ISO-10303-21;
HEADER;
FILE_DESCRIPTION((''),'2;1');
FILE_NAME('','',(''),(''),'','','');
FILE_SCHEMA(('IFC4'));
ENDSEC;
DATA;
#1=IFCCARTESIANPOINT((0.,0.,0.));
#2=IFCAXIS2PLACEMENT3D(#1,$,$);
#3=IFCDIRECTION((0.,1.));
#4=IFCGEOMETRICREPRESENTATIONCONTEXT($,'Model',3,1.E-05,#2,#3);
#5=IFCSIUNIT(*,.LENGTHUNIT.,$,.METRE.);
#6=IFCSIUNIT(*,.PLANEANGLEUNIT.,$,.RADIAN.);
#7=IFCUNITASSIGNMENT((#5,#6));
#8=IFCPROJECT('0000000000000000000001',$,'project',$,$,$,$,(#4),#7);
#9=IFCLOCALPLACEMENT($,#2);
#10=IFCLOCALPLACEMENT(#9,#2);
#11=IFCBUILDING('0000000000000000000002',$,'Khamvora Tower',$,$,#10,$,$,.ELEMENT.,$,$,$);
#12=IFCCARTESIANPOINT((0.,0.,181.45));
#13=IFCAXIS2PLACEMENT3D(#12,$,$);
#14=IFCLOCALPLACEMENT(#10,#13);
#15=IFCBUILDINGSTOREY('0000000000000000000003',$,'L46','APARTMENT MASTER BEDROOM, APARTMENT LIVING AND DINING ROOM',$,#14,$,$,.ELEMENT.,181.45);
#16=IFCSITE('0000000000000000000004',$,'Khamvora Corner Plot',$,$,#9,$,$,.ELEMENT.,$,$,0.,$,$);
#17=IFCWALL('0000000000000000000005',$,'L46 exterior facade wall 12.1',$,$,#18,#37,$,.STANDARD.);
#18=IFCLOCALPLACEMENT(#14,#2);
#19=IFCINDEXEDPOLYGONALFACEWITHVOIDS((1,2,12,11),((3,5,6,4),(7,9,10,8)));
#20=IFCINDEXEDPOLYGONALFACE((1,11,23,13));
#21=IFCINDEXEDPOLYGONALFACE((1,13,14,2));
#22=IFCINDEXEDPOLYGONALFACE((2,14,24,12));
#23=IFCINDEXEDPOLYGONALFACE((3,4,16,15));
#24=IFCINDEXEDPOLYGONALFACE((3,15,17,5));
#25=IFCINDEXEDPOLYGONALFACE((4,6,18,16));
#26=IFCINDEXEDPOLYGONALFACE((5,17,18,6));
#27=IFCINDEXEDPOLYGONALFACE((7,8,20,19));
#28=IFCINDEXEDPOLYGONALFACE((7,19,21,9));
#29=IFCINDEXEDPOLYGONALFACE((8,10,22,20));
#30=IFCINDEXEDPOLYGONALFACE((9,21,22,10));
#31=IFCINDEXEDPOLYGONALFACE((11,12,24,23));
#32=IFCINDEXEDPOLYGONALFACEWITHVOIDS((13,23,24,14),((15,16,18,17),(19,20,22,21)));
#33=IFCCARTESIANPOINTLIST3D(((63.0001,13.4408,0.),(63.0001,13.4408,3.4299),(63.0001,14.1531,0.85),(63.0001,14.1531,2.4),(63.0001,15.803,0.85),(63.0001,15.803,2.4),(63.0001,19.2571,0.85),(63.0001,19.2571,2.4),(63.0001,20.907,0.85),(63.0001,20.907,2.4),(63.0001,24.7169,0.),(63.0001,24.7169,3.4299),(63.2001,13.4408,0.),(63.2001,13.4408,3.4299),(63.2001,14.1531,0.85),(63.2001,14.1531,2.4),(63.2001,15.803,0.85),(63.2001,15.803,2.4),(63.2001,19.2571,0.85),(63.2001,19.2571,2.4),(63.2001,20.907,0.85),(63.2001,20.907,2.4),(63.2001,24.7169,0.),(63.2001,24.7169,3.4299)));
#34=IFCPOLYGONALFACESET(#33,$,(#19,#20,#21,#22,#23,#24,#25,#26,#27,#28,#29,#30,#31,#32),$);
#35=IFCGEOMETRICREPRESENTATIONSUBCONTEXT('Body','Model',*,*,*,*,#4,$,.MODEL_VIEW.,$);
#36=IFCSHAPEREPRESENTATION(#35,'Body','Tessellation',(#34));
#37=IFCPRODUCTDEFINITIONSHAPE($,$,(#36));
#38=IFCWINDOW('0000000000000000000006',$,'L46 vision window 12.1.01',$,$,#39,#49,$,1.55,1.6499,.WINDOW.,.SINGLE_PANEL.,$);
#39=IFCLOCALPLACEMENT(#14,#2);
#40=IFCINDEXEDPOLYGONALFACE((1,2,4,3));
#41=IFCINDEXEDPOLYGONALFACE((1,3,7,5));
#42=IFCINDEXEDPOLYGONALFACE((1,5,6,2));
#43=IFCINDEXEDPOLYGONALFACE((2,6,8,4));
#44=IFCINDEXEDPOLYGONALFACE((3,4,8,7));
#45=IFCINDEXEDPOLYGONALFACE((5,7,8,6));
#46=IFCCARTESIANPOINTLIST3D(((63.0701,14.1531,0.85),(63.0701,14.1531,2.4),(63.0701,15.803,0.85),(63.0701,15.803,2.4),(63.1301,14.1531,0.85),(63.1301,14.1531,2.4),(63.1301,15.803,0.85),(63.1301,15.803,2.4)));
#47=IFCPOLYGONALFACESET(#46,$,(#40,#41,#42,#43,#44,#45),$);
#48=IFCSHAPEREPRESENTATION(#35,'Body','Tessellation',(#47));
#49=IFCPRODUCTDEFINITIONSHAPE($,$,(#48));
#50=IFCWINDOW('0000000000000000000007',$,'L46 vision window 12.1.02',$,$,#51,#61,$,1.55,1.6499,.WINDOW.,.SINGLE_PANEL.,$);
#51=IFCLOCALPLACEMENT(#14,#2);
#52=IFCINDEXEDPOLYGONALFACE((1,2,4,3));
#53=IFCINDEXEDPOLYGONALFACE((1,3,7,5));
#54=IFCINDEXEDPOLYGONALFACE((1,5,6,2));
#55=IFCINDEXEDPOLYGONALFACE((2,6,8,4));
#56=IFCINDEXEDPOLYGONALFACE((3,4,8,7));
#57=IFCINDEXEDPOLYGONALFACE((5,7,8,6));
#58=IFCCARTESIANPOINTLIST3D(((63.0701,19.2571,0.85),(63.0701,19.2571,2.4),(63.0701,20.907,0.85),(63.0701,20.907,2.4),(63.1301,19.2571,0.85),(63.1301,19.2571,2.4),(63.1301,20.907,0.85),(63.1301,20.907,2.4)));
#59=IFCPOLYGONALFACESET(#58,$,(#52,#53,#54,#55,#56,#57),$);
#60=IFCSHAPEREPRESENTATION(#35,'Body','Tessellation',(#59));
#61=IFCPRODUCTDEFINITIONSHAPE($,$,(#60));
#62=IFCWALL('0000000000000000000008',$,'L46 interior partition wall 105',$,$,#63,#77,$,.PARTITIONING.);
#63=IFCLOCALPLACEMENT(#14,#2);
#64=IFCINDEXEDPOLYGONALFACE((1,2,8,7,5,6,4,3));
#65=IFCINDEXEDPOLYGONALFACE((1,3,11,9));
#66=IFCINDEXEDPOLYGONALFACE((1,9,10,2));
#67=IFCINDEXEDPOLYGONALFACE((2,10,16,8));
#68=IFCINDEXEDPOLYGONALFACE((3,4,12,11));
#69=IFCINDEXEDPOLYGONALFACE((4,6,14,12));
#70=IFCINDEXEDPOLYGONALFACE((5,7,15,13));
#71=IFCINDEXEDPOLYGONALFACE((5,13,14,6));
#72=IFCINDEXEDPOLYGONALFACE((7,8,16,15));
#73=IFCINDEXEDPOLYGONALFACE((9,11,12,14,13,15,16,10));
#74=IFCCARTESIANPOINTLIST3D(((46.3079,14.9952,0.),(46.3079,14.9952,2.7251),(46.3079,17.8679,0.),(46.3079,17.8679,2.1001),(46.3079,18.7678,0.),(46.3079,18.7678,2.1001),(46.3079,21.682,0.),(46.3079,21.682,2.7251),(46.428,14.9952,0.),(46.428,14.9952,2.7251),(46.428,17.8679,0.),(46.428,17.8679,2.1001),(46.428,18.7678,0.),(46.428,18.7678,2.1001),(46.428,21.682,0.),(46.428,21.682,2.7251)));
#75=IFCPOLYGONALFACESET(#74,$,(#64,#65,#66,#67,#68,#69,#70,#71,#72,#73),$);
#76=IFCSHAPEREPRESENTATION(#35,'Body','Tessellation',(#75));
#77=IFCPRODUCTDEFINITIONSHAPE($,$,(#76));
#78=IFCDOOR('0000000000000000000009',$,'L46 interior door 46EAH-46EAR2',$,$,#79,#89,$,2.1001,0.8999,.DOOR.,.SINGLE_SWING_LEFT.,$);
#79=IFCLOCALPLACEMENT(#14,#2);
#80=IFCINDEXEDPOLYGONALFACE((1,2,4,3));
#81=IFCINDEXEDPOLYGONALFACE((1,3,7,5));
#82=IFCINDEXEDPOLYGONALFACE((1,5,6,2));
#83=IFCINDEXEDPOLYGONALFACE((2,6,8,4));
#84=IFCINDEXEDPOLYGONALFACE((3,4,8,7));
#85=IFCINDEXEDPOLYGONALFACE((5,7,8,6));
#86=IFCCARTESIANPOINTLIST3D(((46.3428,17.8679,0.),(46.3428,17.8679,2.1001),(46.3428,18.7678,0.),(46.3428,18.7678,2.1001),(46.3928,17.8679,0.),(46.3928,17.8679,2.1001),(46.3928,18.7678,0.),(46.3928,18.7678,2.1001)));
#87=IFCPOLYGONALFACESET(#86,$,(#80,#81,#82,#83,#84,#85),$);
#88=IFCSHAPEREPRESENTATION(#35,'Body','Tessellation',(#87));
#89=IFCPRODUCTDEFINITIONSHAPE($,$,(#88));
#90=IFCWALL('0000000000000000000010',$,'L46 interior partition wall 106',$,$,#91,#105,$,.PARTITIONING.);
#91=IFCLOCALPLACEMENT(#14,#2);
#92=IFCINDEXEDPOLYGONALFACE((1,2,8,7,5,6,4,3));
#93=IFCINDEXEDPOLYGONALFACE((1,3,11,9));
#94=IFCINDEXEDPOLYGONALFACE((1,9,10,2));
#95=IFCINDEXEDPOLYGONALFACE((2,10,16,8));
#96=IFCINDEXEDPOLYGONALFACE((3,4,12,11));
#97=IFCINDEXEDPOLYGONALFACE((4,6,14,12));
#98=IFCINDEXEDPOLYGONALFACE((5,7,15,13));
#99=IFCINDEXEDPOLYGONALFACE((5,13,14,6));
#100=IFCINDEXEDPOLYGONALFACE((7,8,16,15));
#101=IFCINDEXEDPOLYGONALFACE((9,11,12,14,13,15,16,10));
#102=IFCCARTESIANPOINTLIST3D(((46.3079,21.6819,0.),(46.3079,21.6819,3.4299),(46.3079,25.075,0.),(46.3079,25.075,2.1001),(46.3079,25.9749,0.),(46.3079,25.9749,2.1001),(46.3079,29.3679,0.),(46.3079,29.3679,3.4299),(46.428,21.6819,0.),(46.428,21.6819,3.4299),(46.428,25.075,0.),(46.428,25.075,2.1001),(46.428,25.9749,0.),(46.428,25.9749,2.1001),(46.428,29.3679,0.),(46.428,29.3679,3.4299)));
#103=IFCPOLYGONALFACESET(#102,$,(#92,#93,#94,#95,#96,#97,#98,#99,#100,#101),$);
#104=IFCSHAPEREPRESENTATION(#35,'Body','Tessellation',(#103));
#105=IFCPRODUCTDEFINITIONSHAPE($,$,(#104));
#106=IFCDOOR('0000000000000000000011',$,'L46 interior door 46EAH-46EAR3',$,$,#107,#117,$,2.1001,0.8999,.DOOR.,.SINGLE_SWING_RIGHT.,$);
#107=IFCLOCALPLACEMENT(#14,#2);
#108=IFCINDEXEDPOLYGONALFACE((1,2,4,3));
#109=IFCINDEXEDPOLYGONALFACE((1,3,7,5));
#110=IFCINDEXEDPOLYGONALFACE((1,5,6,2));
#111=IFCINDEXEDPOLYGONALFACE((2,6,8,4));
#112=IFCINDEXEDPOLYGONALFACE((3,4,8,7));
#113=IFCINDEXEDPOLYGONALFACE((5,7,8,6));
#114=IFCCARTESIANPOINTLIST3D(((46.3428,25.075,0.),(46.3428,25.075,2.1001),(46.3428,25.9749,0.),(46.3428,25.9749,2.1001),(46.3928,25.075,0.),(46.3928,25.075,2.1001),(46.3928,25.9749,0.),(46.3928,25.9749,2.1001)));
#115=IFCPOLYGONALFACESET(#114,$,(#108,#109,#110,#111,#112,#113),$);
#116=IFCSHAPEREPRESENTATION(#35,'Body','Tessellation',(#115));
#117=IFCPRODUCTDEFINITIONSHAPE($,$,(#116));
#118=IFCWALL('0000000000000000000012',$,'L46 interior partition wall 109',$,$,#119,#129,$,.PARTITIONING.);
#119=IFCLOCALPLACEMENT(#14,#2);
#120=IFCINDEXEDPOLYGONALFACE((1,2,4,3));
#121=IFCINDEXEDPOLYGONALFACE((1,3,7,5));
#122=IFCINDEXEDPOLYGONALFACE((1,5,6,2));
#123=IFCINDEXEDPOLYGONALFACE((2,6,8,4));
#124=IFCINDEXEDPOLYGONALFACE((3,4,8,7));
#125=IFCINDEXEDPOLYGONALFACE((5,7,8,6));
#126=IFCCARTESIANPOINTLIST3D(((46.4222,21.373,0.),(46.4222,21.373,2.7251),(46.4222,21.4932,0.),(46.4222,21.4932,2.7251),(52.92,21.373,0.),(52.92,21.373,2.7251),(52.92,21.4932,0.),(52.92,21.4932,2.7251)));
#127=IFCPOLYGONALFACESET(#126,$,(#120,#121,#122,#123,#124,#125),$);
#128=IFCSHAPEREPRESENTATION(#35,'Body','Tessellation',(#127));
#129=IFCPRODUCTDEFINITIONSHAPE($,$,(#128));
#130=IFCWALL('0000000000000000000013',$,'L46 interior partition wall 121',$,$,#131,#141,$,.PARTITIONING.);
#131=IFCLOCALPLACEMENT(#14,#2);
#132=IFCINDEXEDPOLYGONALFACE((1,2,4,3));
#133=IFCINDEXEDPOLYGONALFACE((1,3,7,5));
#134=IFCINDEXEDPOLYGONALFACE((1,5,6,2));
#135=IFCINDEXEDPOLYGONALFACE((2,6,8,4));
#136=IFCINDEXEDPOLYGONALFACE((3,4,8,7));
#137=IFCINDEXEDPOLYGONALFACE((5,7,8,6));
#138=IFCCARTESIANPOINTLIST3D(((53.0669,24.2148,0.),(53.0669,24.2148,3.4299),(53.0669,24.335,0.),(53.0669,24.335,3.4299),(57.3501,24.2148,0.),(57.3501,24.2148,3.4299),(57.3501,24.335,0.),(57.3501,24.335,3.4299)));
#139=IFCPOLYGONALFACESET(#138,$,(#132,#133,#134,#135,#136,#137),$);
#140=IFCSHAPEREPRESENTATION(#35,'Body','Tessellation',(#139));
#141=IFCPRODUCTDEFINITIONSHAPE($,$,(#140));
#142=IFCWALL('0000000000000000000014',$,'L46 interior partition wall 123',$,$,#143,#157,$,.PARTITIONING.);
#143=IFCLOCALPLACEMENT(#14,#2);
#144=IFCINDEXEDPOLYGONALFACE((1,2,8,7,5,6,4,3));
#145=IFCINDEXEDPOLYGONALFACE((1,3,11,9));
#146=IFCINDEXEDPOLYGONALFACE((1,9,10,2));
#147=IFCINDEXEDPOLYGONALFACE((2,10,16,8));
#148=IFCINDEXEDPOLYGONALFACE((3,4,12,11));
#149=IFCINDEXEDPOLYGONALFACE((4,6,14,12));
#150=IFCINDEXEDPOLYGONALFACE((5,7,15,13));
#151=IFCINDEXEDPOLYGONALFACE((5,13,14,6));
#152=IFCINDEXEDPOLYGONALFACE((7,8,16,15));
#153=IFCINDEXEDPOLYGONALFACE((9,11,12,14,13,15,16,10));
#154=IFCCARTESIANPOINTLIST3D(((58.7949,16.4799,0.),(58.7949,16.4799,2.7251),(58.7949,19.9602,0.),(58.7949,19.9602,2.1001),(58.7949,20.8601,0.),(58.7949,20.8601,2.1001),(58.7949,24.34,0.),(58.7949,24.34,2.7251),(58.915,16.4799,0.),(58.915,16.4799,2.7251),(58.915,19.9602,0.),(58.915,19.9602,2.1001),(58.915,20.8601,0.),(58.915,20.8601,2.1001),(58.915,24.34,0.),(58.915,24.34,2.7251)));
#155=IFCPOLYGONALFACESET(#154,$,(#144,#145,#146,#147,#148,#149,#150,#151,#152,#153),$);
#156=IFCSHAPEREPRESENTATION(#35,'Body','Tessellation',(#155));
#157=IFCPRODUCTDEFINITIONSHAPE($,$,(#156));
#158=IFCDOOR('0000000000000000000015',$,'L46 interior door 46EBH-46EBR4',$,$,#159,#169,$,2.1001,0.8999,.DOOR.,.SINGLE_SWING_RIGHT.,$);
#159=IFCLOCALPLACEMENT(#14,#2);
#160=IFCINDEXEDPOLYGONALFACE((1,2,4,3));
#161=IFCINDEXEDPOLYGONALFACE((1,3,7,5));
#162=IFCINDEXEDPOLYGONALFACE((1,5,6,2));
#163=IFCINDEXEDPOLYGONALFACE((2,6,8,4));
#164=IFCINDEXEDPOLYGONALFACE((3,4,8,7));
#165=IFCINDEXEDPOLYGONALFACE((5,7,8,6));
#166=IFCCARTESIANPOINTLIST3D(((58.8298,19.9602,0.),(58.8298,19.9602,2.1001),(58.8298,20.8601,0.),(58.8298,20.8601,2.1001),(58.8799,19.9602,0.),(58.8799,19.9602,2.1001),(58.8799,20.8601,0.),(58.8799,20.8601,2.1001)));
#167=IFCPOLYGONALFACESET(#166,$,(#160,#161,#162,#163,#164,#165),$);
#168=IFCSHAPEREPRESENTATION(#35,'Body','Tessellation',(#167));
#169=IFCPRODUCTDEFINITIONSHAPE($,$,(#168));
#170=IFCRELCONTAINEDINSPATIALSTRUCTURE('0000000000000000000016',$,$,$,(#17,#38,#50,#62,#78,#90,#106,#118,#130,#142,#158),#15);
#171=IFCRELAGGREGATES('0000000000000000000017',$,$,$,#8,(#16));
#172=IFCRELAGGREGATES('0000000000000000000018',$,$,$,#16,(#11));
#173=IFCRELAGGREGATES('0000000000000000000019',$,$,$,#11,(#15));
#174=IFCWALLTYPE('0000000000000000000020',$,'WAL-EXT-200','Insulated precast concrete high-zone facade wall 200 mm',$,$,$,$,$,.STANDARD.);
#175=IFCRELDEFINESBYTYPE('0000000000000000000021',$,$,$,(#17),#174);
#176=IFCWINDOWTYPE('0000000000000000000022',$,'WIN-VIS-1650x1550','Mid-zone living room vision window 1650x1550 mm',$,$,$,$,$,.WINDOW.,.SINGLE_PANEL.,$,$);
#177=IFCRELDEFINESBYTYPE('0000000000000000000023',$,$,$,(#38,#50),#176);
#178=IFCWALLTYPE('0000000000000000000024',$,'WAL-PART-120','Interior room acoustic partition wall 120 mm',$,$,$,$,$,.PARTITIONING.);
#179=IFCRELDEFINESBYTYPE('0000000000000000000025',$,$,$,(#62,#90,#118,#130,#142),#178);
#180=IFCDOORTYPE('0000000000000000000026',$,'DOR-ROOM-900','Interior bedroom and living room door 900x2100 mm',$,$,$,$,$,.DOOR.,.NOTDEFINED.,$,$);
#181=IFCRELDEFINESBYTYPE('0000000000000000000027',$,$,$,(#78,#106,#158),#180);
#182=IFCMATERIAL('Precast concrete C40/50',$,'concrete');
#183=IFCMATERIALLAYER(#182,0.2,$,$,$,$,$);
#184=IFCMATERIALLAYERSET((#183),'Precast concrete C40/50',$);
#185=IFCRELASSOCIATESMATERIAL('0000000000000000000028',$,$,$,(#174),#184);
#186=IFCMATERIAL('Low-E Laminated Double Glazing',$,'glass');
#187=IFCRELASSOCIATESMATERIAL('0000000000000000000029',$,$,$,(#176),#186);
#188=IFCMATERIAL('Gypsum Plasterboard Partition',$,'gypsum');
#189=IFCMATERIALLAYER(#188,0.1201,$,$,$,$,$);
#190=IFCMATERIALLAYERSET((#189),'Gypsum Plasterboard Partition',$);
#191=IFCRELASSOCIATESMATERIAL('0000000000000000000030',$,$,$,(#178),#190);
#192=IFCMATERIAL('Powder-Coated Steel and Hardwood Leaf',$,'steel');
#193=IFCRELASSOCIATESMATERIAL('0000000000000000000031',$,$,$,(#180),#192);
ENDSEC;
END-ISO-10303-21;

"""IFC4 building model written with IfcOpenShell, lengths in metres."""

from ifc_helpers import new_model, si_unit, direction, frame, frame_2d, origin, place, context, subcontext, project, spatial, rectangle, extrude, material, layer, layer_set, type_object, element, fill, save


model = new_model("IFC4")

# Units and contexts
model_context = context("Model", 3, precision=1e-05, world=origin(), true_north=direction((0.0, 1.0)))
body_context = subcontext(model_context, "Body", "Model", "MODEL_VIEW")
ifc_project = project(units=[si_unit("LENGTHUNIT", "METRE"), si_unit("PLANEANGLEUNIT", "RADIAN")], contexts=[model_context])

# Site, building, storey
site_placement = place(None, origin())
site = spatial("IfcSite", under=ifc_project, at=site_placement, Name="Khamvora Corner Plot", CompositionType="ELEMENT", RefElevation=0.0)
building_placement = place(site_placement, origin())
building = spatial("IfcBuilding", under=site, at=building_placement, Name="Khamvora Tower", CompositionType="ELEMENT")
storey_placement = place(building_placement, frame((0.0, 0.0, 181.45)))
storey = spatial("IfcBuildingStorey", under=building, at=storey_placement, Name="L46", Description="APARTMENT MASTER BEDROOM, APARTMENT LIVING AND DINING ROOM", CompositionType="ELEMENT", Elevation=181.45)

# Shared definitions
ifc_material_1 = material(Name="Precast concrete C40/50", Category="concrete")
ifc_layer_1 = layer(ifc_material_1, 0.2)
ifc_layer_set_1 = layer_set([ifc_layer_1], Name="Precast concrete C40/50")
wall_type_1 = type_object("IfcWallType", Name="WAL-EXT-200", Description="Insulated precast concrete high-zone facade wall 200 mm", PredefinedType="STANDARD", material=ifc_layer_set_1)

# Wall, openings, windows
wall_1_placement = place(storey_placement, frame((63.1001, 24.717, 0.0), z_axis=(0.0, 0.0, 1.0), x_axis=(0.0, -1.0, 0.0)))
wall_1 = element("IfcWall", 1, at=wall_1_placement, inside=storey, type_object=wall_type_1, Name="L46 exterior facade wall 12.1", PredefinedType="STANDARD", context=body_context, shape_type="SweptSolid", body=[
    extrude(rectangle(XDim=11.2761, YDim=0.2, at=frame_2d((5.6382, 0.0))), origin(), (0.0, 0.0, 1.0), 3.4299),
])
opening_1_placement = place(wall_1_placement, frame((8.9141, 0.0, 0.8501)))
opening_1 = element("IfcOpeningElement", 2, at=opening_1_placement, cuts=wall_1, PredefinedType="OPENING", context=body_context, shape_type="SweptSolid", body=[
    extrude(rectangle(XDim=1.6499, YDim=1.55, at=frame_2d((0.825, 0.7749))), frame((0.0, 0.1099, 0.0), z_axis=(0.0, -1.0, 0.0), x_axis=(1.0, 0.0, 0.0)), (0.0, 0.0, 1.0), 0.22),
])
opening_2_placement = place(wall_1_placement, frame((3.8101, 0.0, 0.8501)))
opening_2 = element("IfcOpeningElement", 3, at=opening_2_placement, cuts=wall_1, PredefinedType="OPENING", context=body_context, shape_type="SweptSolid", body=[
    extrude(rectangle(XDim=1.6499, YDim=1.55, at=frame_2d((0.825, 0.7749))), frame((0.0, 0.1099, 0.0), z_axis=(0.0, -1.0, 0.0), x_axis=(1.0, 0.0, 0.0)), (0.0, 0.0, 1.0), 0.22),
])
ifc_material_2 = material(Name="Low-E Laminated Double Glazing", Category="glass")
window_type = type_object("IfcWindowType", Name="WIN-VIS-1650x1550", Description="Mid-zone living room vision window 1650x1550 mm", PartitioningType="SINGLE_PANEL", PredefinedType="WINDOW", material=ifc_material_2)
window_1_placement = place(opening_1_placement, origin())
window_1 = element("IfcWindow", 4, at=window_1_placement, inside=storey, type_object=window_type, Name="L46 vision window 12.1.01", OverallHeight=1.55, OverallWidth=1.6499, PartitioningType="SINGLE_PANEL", PredefinedType="WINDOW", context=body_context, shape_type="SweptSolid", body=[
    extrude(rectangle(XDim=1.6499, YDim=1.55, at=frame_2d((0.825, 0.7749))), frame((0.0, 0.03, 0.0), z_axis=(0.0, -1.0, 0.0), x_axis=(1.0, 0.0, 0.0)), (0.0, 0.0, 1.0), 0.0601),
])
fill(opening_1, window_1)
window_2_placement = place(opening_2_placement, origin())
window_2 = element("IfcWindow", 5, at=window_2_placement, inside=storey, type_object=window_type, Name="L46 vision window 12.1.02", OverallHeight=1.55, OverallWidth=1.6499, PartitioningType="SINGLE_PANEL", PredefinedType="WINDOW", context=body_context, shape_type="SweptSolid", body=[
    extrude(rectangle(XDim=1.6499, YDim=1.55, at=frame_2d((0.825, 0.7749))), frame((0.0, 0.03, 0.0), z_axis=(0.0, -1.0, 0.0), x_axis=(1.0, 0.0, 0.0)), (0.0, 0.0, 1.0), 0.0601),
])
fill(opening_2, window_2)

# Walls, openings, doors
ifc_material_3 = material(Name="Gypsum Plasterboard Partition", Category="gypsum")
ifc_layer_2 = layer(ifc_material_3, 0.1201)
ifc_layer_set_2 = layer_set([ifc_layer_2], Name="Gypsum Plasterboard Partition")
wall_type_2 = type_object("IfcWallType", Name="WAL-PART-120", Description="Interior room acoustic partition wall 120 mm", PredefinedType="PARTITIONING", material=ifc_layer_set_2)
wall_2_placement = place(storey_placement, frame((46.3679, 21.6819, 0.0), z_axis=(0.0, 0.0, 1.0), x_axis=(0.0, -1.0, 0.0)))
wall_2 = element("IfcWall", 6, at=wall_2_placement, inside=storey, type_object=wall_type_2, Name="L46 interior partition wall 105", PredefinedType="PARTITIONING", context=body_context, shape_type="SweptSolid", body=[
    extrude(rectangle(XDim=6.6868, YDim=0.1201, at=frame_2d((3.3433, 0.0))), origin(), (0.0, 0.0, 1.0), 2.7251),
])
opening_3_placement = place(wall_2_placement, frame((2.9141, 0.0, 0.0)))
opening_3 = element("IfcOpeningElement", 7, at=opening_3_placement, cuts=wall_2, PredefinedType="OPENING", context=body_context, shape_type="SweptSolid", body=[
    extrude(rectangle(XDim=0.8999, YDim=2.1001, at=frame_2d((0.45, 1.05))), frame((0.0, 0.0701, 0.0), z_axis=(0.0, -1.0, 0.0), x_axis=(1.0, 0.0, 0.0)), (0.0, 0.0, 1.0), 0.1401),
])
ifc_material_4 = material(Name="Powder-Coated Steel and Hardwood Leaf", Category="steel")
door_type_1 = type_object("IfcDoorType", Name="DOR-ROOM-900", Description="Interior bedroom and living room door 900x2100 mm", OperationType="NOTDEFINED", PredefinedType="DOOR", material=ifc_material_4)
door_1_placement = place(opening_3_placement, origin())
door_1 = element("IfcDoor", 8, at=door_1_placement, inside=storey, type_object=door_type_1, Name="L46 interior door 46EAH-46EAR2", OperationType="SINGLE_SWING_LEFT", OverallHeight=2.1001, OverallWidth=0.8999, PredefinedType="DOOR", context=body_context, shape_type="SweptSolid", body=[
    extrude(rectangle(XDim=0.8999, YDim=2.1001, at=frame_2d((0.45, 1.05))), frame((0.0, 0.0249, 0.0), z_axis=(0.0, -1.0, 0.0), x_axis=(1.0, 0.0, 0.0)), (0.0, 0.0, 1.0), 0.05),
])
fill(opening_3, door_1)
wall_3_placement = place(storey_placement, frame((46.3679, 29.3679, 0.0), z_axis=(0.0, 0.0, 1.0), x_axis=(0.0, -1.0, 0.0)))
wall_3 = element("IfcWall", 9, at=wall_3_placement, inside=storey, type_object=wall_type_2, Name="L46 interior partition wall 106", PredefinedType="PARTITIONING", context=body_context, shape_type="SweptSolid", body=[
    extrude(rectangle(XDim=7.686, YDim=0.1201, at=frame_2d((3.843, 0.0))), origin(), (0.0, 0.0, 1.0), 3.4299),
])
opening_4_placement = place(wall_3_placement, frame((3.3931, 0.0, 0.0)))
opening_4 = element("IfcOpeningElement", 10, at=opening_4_placement, cuts=wall_3, PredefinedType="OPENING", context=body_context, shape_type="SweptSolid", body=[
    extrude(rectangle(XDim=0.8999, YDim=2.1001, at=frame_2d((0.45, 1.05))), frame((0.0, 0.0701, 0.0), z_axis=(0.0, -1.0, 0.0), x_axis=(1.0, 0.0, 0.0)), (0.0, 0.0, 1.0), 0.1401),
])
door_2_placement = place(opening_4_placement, origin())
door_2 = element("IfcDoor", 11, at=door_2_placement, inside=storey, type_object=door_type_1, Name="L46 interior door 46EAH-46EAR3", OperationType="SINGLE_SWING_RIGHT", OverallHeight=2.1001, OverallWidth=0.8999, PredefinedType="DOOR", context=body_context, shape_type="SweptSolid", body=[
    extrude(rectangle(XDim=0.8999, YDim=2.1001, at=frame_2d((0.45, 1.05))), frame((0.0, 0.0249, 0.0), z_axis=(0.0, -1.0, 0.0), x_axis=(1.0, 0.0, 0.0)), (0.0, 0.0, 1.0), 0.05),
])
fill(opening_4, door_2)

# Walls
wall_4_placement = place(storey_placement, frame((46.4221, 21.4331, 0.0), z_axis=(0.0, 0.0, 1.0), x_axis=(1.0, 0.0, 0.0)))
element("IfcWall", 12, at=wall_4_placement, inside=storey, type_object=wall_type_2, Name="L46 interior partition wall 109", PredefinedType="PARTITIONING", context=body_context, shape_type="SweptSolid", body=[
    extrude(rectangle(XDim=6.4978, YDim=0.1201, at=frame_2d((3.249, 0.0))), origin(), (0.0, 0.0, 1.0), 2.7251),
])
wall_5_placement = place(storey_placement, frame((57.3501, 24.2749, 0.0), z_axis=(0.0, 0.0, 1.0), x_axis=(-1.0, 0.0, 0.0)))
element("IfcWall", 13, at=wall_5_placement, inside=storey, type_object=wall_type_2, Name="L46 interior partition wall 121", PredefinedType="PARTITIONING", context=body_context, shape_type="SweptSolid", body=[
    extrude(rectangle(XDim=4.2832, YDim=0.1201, at=frame_2d((2.1416, 0.0))), origin(), (0.0, 0.0, 1.0), 3.4299),
])

# Wall, opening, door
wall_6_placement = place(storey_placement, frame((58.855, 24.3401, 0.0), z_axis=(0.0, 0.0, 1.0), x_axis=(0.0, -1.0, 0.0)))
wall_6 = element("IfcWall", 14, at=wall_6_placement, inside=storey, type_object=wall_type_2, Name="L46 interior partition wall 123", PredefinedType="PARTITIONING", context=body_context, shape_type="SweptSolid", body=[
    extrude(rectangle(XDim=7.8601, YDim=0.1201, at=frame_2d((3.9302, 0.0))), origin(), (0.0, 0.0, 1.0), 2.7251),
])
opening_5_placement = place(wall_6_placement, frame((3.48, 0.0, 0.0)))
opening_5 = element("IfcOpeningElement", 15, at=opening_5_placement, cuts=wall_6, PredefinedType="OPENING", context=body_context, shape_type="SweptSolid", body=[
    extrude(rectangle(XDim=0.8999, YDim=2.1001, at=frame_2d((0.45, 1.05))), frame((0.0, 0.0701, 0.0), z_axis=(0.0, -1.0, 0.0), x_axis=(1.0, 0.0, 0.0)), (0.0, 0.0, 1.0), 0.1401),
])
door_3_placement = place(opening_5_placement, origin())
door_3 = element("IfcDoor", 16, at=door_3_placement, inside=storey, type_object=door_type_1, Name="L46 interior door 46EBH-46EBR4", OperationType="SINGLE_SWING_RIGHT", OverallHeight=2.1001, OverallWidth=0.8999, PredefinedType="DOOR", context=body_context, shape_type="SweptSolid", body=[
    extrude(rectangle(XDim=0.8999, YDim=2.1001, at=frame_2d((0.45, 1.05))), frame((0.0, 0.0249, 0.0), z_axis=(0.0, -1.0, 0.0), x_axis=(1.0, 0.0, 0.0)), (0.0, 0.0, 1.0), 0.05),
])
fill(opening_5, door_3)

save(model, "model.ifc")
